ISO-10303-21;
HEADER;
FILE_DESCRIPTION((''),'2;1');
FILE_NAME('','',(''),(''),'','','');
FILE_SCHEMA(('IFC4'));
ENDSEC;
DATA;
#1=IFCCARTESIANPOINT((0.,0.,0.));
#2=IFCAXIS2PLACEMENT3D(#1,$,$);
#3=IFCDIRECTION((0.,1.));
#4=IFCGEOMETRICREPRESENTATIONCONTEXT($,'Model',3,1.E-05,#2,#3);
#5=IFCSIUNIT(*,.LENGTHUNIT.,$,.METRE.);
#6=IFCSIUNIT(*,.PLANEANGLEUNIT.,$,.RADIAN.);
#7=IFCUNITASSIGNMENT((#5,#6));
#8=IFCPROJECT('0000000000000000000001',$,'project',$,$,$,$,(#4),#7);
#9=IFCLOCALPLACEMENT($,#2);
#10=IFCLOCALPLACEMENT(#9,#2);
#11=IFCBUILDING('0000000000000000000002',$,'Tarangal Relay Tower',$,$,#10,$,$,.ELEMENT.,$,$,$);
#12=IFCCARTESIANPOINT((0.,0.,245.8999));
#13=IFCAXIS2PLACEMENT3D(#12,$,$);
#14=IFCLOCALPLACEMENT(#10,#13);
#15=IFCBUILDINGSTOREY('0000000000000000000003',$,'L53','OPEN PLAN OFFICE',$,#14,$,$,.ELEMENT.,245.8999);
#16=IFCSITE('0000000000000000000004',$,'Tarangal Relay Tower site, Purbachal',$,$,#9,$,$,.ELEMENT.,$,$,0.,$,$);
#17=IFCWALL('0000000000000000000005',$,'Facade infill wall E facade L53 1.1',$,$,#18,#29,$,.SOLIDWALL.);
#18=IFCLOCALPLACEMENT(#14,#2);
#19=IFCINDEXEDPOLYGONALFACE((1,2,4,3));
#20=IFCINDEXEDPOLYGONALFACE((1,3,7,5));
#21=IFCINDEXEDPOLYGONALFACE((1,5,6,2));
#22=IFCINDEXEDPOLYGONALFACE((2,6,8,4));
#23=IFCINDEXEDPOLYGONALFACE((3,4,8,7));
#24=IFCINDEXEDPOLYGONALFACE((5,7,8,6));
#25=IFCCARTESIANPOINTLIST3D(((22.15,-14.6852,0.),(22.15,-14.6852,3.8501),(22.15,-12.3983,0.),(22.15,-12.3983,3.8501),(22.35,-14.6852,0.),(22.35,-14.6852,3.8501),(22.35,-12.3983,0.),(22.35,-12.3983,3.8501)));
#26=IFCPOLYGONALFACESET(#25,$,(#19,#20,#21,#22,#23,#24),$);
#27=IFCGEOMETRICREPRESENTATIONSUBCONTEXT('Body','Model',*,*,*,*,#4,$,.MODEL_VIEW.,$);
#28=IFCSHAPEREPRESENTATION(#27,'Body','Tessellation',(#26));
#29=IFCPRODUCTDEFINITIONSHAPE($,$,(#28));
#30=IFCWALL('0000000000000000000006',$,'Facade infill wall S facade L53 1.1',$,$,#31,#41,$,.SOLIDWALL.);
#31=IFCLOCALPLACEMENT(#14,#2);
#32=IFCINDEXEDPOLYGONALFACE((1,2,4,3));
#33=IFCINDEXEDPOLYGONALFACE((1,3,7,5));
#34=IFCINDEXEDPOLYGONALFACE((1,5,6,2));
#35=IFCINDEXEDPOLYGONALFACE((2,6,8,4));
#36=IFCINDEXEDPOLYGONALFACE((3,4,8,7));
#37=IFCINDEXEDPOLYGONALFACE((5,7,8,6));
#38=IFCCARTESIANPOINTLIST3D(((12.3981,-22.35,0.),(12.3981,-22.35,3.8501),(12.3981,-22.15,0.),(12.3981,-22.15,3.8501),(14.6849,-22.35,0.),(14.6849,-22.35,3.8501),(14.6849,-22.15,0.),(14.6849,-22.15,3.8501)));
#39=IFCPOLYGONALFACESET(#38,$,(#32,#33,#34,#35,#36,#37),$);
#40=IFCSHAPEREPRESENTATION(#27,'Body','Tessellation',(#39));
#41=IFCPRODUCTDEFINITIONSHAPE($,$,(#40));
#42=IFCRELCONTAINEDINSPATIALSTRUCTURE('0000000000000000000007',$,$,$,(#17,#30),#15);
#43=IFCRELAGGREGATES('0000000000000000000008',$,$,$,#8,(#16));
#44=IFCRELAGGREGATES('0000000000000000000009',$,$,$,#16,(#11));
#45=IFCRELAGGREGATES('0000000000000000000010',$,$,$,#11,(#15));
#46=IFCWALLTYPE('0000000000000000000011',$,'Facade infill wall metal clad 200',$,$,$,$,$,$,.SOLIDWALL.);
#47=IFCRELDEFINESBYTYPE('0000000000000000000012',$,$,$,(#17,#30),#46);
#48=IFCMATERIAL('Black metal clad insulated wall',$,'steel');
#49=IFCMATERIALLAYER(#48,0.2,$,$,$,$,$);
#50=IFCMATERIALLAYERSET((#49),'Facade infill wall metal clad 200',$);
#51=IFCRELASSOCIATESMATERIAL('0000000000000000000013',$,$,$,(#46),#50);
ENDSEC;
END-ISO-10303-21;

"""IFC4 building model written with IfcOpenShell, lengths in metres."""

from ifc_helpers import new_model, si_unit, direction, frame, frame_2d, origin, place, context, subcontext, project, spatial, rectangle, extrude, material, layer, layer_set, type_object, element, save


model = new_model("IFC4")

# Units and contexts
model_context = context("Model", 3, precision=1e-05, world=origin(), true_north=direction((0.0, 1.0)))
body_context = subcontext(model_context, "Body", "Model", "MODEL_VIEW")
ifc_project = project(units=[si_unit("LENGTHUNIT", "METRE"), si_unit("PLANEANGLEUNIT", "RADIAN")], contexts=[model_context])

# Site, building, storey
site_placement = place(None, origin())
site = spatial("IfcSite", under=ifc_project, at=site_placement, Name="Tarangal Relay Tower site, Purbachal", CompositionType="ELEMENT", RefElevation=0.0)
building_placement = place(site_placement, origin())
building = spatial("IfcBuilding", under=site, at=building_placement, Name="Tarangal Relay Tower", CompositionType="ELEMENT")
storey_placement = place(building_placement, frame((0.0, 0.0, 245.8999)))
storey = spatial("IfcBuildingStorey", under=building, at=storey_placement, Name="L53", Description="OPEN PLAN OFFICE", CompositionType="ELEMENT", Elevation=245.8999)

# Shared definitions
ifc_material_1 = material(Name="Black metal clad insulated wall", Category="steel")

# Walls
ifc_layer_1 = layer(ifc_material_1, 0.2)
ifc_layer_set_1 = layer_set([ifc_layer_1], Name="Facade infill wall metal clad 200")
wall_type_1 = type_object("IfcWallType", Name="Facade infill wall metal clad 200", PredefinedType="SOLIDWALL", material=ifc_layer_set_1)
for number, where, z_axis, x_axis, name in (
    (1, (22.25, -12.3982, 0.0), (0.0, 0.0, 1.0), (0.0, -1.0, 0.0), "Facade infill wall E facade L53 1.1"),
    (2, (14.6851, -22.25, 0.0), (0.0, 0.0, 1.0), (-1.0, 0.0, 0.0), "Facade infill wall S facade L53 1.1"),
):
    element("IfcWall", number, at=place(storey_placement, frame(where, z_axis=z_axis, x_axis=x_axis)), inside=storey, type_object=wall_type_1, Name=name, PredefinedType="SOLIDWALL", context=body_context, shape_type="SweptSolid", body=[
        extrude(rectangle(XDim=2.2869, YDim=0.2, at=frame_2d((1.1436, 0.0))), origin(), (0.0, 0.0, 1.0), 3.8501),
    ])

save(model, "model.ifc")
